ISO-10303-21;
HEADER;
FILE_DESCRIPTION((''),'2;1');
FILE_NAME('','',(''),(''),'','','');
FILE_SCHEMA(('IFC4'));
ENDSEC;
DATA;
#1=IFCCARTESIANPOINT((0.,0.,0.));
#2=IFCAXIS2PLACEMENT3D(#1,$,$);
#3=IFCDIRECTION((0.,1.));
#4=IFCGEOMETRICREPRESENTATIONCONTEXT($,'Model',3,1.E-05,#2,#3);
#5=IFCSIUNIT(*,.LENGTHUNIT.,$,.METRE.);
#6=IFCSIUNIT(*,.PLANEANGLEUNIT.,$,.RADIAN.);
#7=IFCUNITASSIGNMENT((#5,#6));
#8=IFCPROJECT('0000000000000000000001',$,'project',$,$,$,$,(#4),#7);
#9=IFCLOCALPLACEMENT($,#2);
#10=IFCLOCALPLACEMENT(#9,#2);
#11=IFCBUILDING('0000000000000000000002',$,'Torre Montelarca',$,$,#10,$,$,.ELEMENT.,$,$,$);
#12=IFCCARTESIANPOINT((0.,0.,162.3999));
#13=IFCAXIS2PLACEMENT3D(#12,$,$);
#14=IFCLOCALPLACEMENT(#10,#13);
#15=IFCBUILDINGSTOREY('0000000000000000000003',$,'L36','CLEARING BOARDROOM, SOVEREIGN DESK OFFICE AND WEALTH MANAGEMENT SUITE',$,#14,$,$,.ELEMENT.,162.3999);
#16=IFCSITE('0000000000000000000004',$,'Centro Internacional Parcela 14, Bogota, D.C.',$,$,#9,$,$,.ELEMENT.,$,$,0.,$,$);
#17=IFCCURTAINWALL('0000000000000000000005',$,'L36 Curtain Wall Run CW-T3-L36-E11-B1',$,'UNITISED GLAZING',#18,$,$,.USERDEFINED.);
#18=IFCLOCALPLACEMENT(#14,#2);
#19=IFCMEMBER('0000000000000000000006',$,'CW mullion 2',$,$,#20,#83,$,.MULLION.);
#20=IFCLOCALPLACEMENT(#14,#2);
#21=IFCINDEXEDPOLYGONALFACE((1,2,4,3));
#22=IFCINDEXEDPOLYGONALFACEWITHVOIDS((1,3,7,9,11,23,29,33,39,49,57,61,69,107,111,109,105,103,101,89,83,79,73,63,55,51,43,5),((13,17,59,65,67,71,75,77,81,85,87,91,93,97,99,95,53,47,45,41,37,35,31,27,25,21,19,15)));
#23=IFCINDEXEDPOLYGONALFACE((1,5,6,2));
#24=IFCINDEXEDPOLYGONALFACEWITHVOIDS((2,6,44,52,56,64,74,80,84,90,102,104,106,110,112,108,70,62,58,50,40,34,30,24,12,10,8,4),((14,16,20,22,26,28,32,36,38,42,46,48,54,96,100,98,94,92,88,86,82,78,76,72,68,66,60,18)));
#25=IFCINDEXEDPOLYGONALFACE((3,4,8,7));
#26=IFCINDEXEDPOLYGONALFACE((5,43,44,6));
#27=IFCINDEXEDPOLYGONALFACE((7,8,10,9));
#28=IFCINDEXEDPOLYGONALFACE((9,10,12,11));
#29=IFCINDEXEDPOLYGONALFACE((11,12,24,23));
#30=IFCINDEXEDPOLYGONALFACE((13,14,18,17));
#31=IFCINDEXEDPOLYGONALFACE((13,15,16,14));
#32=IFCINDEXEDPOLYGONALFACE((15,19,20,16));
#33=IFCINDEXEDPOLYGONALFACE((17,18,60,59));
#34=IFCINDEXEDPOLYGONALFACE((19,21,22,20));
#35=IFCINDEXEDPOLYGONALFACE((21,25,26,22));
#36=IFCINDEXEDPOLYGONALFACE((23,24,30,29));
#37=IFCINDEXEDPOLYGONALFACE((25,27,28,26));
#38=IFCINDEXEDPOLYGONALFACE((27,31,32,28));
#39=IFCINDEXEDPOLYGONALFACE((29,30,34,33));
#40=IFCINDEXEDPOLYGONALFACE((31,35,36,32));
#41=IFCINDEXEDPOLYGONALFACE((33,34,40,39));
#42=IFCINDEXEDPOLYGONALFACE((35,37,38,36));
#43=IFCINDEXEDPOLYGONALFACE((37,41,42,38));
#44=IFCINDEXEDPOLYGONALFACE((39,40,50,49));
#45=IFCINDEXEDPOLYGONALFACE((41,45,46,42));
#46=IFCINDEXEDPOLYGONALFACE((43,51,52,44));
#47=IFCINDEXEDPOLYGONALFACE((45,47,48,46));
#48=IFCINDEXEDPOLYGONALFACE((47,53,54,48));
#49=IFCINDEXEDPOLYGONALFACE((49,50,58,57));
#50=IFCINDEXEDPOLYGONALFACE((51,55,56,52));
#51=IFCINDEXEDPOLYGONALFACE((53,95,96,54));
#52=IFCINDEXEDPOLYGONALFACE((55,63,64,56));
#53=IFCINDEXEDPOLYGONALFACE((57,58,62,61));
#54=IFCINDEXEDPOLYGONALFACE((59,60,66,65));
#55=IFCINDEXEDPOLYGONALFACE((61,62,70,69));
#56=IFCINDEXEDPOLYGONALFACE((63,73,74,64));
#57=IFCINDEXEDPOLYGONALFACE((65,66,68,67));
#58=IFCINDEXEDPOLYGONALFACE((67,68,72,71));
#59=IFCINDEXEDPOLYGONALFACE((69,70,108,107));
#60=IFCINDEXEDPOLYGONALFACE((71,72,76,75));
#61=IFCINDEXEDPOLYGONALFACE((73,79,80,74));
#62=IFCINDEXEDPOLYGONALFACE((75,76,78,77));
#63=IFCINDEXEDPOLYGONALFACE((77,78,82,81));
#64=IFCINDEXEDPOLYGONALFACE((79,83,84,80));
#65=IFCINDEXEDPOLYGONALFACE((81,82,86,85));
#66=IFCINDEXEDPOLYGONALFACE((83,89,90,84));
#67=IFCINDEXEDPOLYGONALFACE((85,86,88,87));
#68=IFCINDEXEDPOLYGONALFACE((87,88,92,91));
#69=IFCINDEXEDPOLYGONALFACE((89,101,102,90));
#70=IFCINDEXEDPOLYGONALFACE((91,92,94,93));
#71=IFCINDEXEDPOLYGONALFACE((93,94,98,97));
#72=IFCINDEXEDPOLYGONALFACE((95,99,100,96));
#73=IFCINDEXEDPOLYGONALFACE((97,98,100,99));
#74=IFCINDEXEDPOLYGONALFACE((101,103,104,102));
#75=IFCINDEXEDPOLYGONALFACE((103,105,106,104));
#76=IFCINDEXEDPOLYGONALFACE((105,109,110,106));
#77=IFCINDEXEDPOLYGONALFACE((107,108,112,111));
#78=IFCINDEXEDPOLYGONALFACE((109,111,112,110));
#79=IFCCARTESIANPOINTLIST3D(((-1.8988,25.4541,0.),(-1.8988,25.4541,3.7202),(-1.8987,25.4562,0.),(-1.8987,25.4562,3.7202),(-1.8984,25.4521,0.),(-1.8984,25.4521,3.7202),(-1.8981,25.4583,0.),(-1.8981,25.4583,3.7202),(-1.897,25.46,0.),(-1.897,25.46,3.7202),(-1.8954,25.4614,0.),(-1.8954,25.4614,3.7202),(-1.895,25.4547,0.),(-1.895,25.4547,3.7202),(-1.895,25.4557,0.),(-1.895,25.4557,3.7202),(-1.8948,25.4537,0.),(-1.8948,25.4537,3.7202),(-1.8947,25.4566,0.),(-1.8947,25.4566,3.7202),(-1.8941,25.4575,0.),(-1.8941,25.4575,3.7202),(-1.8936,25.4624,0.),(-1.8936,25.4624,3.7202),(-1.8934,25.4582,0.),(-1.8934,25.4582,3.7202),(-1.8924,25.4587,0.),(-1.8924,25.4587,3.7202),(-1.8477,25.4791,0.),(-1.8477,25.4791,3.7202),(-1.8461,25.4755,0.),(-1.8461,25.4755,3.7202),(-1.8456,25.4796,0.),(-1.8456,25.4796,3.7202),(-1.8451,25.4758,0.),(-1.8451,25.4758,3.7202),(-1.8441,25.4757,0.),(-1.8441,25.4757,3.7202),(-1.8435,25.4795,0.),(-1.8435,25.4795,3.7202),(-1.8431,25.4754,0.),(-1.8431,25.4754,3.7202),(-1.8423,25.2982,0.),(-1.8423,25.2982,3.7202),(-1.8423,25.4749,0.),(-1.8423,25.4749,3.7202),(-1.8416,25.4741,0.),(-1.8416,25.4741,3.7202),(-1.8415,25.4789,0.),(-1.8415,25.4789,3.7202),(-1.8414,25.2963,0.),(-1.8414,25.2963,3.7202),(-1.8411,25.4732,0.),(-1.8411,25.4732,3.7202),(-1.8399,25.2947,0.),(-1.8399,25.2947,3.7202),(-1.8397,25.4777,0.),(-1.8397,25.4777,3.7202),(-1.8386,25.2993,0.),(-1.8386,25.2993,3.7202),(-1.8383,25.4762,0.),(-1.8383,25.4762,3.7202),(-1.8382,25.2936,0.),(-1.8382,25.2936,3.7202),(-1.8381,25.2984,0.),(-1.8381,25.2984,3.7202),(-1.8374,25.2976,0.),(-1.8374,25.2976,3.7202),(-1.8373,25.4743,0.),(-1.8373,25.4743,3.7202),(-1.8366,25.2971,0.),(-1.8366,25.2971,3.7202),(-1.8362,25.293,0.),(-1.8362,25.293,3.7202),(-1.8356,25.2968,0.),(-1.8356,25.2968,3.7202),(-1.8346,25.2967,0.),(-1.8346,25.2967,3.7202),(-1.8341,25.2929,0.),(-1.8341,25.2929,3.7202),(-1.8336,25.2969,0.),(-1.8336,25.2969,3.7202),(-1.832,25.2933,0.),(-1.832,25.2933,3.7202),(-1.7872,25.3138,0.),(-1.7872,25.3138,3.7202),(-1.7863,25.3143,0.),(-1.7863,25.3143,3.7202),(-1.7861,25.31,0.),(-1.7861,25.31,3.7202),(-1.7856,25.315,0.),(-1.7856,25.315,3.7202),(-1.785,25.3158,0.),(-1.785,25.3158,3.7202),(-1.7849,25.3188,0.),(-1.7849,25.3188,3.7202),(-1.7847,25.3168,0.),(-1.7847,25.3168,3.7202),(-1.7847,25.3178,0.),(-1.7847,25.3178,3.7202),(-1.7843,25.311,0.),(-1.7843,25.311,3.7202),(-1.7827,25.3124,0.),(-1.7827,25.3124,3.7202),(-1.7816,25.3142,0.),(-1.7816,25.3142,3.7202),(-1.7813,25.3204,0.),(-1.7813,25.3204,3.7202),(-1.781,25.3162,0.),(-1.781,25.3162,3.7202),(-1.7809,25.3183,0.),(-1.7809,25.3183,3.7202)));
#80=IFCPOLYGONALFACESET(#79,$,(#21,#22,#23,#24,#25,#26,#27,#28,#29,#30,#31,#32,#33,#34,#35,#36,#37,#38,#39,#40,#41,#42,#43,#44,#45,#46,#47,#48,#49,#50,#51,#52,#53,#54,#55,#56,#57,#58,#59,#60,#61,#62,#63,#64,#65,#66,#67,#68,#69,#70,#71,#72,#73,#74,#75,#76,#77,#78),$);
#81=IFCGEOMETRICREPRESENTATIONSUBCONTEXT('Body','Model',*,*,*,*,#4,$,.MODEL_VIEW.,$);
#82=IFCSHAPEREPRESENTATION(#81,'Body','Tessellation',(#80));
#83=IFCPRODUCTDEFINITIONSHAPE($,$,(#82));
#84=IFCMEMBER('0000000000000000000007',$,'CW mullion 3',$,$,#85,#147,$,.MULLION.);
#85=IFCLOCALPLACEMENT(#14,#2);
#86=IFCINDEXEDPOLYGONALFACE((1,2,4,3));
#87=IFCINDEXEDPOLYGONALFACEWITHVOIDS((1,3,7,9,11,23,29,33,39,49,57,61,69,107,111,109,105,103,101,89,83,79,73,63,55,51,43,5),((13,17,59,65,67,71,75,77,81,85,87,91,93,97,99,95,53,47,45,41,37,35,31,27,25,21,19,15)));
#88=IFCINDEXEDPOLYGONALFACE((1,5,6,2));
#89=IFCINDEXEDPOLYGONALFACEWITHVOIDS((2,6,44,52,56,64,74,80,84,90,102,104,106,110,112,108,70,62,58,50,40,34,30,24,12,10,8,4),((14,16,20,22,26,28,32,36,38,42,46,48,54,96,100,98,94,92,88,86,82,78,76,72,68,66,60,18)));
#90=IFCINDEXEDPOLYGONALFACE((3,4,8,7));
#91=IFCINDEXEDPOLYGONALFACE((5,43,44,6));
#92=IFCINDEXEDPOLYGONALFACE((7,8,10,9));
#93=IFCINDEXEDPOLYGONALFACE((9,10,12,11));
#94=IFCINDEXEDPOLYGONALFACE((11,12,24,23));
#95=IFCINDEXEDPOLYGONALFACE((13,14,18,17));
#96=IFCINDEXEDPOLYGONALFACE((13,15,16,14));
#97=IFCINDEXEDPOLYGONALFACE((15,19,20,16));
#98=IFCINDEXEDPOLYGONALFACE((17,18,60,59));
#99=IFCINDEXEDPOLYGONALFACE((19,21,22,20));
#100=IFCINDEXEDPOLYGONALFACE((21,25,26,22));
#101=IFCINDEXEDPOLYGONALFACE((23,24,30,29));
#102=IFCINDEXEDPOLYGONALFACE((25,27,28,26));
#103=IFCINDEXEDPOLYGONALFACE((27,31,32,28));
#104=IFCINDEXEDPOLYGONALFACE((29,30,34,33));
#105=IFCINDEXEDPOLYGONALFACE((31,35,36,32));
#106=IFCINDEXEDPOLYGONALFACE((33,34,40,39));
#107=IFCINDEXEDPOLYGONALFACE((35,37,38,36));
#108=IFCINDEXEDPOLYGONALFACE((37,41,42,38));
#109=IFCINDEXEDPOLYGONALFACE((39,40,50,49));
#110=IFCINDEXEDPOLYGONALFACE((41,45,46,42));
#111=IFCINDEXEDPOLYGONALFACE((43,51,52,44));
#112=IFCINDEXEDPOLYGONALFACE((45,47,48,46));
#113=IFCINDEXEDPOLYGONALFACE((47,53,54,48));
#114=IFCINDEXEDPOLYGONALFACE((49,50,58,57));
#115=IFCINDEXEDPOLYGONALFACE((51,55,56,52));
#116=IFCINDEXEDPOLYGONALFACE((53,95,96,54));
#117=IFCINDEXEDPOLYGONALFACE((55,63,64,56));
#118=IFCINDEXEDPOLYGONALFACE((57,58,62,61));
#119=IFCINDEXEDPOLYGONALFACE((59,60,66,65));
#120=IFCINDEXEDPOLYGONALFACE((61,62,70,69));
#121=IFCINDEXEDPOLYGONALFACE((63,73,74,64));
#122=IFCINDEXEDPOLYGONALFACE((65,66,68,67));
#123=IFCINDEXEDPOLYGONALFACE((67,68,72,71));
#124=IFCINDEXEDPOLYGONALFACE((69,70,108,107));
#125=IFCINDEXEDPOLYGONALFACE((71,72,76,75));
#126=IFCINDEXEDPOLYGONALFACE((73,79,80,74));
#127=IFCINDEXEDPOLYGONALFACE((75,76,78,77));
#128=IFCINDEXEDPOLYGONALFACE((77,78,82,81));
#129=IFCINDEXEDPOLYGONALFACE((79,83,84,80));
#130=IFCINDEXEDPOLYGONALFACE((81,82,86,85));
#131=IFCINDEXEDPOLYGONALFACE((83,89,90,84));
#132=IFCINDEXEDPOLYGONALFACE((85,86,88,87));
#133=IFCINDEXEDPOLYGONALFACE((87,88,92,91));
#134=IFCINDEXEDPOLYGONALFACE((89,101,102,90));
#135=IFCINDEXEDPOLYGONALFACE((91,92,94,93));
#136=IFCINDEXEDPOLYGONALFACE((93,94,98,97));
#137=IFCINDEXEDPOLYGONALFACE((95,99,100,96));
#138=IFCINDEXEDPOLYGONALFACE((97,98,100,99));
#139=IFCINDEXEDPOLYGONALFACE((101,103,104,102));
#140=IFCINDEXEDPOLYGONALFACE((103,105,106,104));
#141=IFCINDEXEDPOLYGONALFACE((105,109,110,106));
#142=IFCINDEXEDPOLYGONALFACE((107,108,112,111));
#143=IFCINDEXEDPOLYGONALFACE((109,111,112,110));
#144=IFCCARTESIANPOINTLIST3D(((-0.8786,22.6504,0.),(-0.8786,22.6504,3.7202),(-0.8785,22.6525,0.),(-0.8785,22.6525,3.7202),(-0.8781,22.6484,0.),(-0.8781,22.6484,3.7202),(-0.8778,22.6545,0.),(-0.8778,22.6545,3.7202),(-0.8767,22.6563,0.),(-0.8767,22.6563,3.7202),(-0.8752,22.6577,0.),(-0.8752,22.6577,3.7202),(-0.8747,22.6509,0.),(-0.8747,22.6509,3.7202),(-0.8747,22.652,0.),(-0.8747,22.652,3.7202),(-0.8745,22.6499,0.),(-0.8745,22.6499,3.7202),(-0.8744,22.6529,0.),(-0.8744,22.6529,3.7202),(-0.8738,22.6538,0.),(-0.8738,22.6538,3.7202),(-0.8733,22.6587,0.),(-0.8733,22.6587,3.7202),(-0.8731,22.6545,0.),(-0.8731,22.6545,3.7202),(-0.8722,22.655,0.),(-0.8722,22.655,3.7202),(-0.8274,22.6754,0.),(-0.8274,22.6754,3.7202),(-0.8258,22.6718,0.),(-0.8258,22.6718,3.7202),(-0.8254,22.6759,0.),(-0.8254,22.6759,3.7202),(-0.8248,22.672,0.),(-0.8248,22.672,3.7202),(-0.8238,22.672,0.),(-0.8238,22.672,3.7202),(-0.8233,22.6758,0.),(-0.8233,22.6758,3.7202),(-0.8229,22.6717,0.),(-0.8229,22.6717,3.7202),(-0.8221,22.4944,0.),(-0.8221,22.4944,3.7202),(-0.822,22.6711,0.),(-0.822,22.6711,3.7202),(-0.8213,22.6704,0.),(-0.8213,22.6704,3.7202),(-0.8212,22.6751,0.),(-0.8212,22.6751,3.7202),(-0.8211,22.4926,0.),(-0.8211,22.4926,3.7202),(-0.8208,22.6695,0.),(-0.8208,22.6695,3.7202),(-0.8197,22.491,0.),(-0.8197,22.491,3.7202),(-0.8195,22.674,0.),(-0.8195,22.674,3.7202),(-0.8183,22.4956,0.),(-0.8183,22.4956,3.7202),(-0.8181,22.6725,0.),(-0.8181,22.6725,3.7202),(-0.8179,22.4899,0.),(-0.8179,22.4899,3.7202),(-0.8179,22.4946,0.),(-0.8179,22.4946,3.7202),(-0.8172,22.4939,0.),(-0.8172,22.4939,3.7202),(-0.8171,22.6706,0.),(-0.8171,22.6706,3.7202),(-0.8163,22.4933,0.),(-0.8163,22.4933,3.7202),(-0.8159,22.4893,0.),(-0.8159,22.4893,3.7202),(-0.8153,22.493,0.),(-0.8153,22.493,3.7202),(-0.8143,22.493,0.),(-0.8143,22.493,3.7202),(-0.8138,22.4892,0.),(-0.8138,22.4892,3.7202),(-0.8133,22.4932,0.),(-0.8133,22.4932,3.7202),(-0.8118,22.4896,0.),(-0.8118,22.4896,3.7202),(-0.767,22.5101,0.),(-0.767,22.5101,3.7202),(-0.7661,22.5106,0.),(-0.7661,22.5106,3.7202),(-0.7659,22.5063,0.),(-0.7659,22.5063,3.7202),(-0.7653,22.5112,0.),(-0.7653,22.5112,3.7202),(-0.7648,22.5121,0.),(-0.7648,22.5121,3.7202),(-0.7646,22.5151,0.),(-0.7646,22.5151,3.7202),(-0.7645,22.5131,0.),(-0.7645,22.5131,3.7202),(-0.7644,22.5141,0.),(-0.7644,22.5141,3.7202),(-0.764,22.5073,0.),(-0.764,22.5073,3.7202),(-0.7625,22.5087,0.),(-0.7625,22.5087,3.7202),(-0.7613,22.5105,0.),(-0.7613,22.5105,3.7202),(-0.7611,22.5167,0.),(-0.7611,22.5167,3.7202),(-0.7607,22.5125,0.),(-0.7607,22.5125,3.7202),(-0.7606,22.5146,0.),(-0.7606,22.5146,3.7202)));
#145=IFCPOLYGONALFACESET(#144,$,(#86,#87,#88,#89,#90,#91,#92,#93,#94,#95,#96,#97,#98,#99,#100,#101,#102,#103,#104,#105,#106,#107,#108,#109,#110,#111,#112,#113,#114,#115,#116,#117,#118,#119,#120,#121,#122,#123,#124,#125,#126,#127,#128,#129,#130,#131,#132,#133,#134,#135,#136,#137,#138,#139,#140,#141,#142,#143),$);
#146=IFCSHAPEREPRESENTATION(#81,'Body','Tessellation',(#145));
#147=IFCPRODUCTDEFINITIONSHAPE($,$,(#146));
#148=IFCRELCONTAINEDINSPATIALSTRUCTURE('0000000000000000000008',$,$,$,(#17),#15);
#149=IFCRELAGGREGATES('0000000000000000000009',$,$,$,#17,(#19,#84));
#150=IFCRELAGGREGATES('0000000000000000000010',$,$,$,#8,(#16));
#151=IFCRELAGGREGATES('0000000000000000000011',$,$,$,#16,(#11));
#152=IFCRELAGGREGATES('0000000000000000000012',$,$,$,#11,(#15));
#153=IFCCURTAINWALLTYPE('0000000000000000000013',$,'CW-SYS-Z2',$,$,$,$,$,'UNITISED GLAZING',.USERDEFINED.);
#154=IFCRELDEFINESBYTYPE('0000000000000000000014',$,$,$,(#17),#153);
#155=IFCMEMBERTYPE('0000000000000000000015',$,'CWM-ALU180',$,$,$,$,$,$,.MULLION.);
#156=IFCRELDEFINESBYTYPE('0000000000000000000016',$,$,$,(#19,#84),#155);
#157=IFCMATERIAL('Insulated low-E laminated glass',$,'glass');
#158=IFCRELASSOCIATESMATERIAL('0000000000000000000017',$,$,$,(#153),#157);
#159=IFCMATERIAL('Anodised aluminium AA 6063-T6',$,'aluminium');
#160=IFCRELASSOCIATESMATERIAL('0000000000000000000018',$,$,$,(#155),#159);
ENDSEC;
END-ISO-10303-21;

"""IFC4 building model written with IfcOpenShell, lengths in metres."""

from ifc_helpers import new_model, si_unit, direction, frame, origin, origin_2d, place, context, subcontext, project, spatial, hollow_rectangle, extrude, source, transform, mapped, material, material_profile, profile_set, type_object, element, aggregate, save


model = new_model("IFC4")

# Units and contexts
model_context = context("Model", 3, precision=1e-05, world=origin(), true_north=direction((0.0, 1.0)))
body_context = subcontext(model_context, "Body", "Model", "MODEL_VIEW")
ifc_project = project(units=[si_unit("LENGTHUNIT", "METRE"), si_unit("PLANEANGLEUNIT", "RADIAN")], contexts=[model_context])

# Site, building, storey
site_placement = place(None, origin())
site = spatial("IfcSite", under=ifc_project, at=site_placement, Name="Centro Internacional Parcela 14, Bogota, D.C.", CompositionType="ELEMENT", RefElevation=0.0)
building_placement = place(site_placement, origin())
building = spatial("IfcBuilding", under=site, at=building_placement, Name="Torre Montelarca", CompositionType="ELEMENT")
storey_placement = place(building_placement, frame((0.0, 0.0, 162.3999)))
storey = spatial("IfcBuildingStorey", under=building, at=storey_placement, Name="L36", Description="CLEARING BOARDROOM, SOVEREIGN DESK OFFICE AND WEALTH MANAGEMENT SUITE", CompositionType="ELEMENT", Elevation=162.3999)

# Curtain wall
ifc_material_1 = material(Name="Insulated low-E laminated glass", Category="glass")
curtain_wall_type = type_object("IfcCurtainWallType", Name="CW-SYS-Z2", ElementType="UNITISED GLAZING", PredefinedType="USERDEFINED", material=ifc_material_1)
curtain_wall_1_placement = place(storey_placement, origin())
curtain_wall_1 = element("IfcCurtainWall", 1, at=curtain_wall_1_placement, inside=storey, type_object=curtain_wall_type, Name="L36 Curtain Wall Run CW-T3-L36-E11-B1", ObjectType="UNITISED GLAZING", PredefinedType="USERDEFINED")
ifc_material_2 = material(Name="Anodised aluminium AA 6063-T6", Category="aluminium")

# Shared definitions
ifc_material_profile_1 = material_profile(ifc_material_2, hollow_rectangle(XDim=0.0649, YDim=0.1799, WallThickness=0.0039, InnerFilletRadius=0.0039, OuterFilletRadius=0.0081, at=origin_2d()), Name="ALU65X180X4", Category="aluminium")
ifc_profile_set_1 = profile_set([ifc_material_profile_1], Name="Anodised aluminium AA 6063-T6")
member_type_1 = type_object("IfcMemberType", Name="CWM-ALU180", PredefinedType="MULLION", material=ifc_profile_set_1)
shared_shape_1 = source(origin(), body_context, "Body", "SweptSolid", [
    extrude(hollow_rectangle(XDim=0.0649, YDim=0.1799, WallThickness=0.0039, InnerFilletRadius=0.0039, OuterFilletRadius=0.0081, at=origin_2d()), origin(), (0.0, 0.0, 1.0), 3.7202),
])

# Members
member_1_placement = place(storey_placement, frame((-1.8398, 25.3862, 0.0), z_axis=(0.0, 0.0, 1.0), x_axis=(0.939694, 0.342016, 0.0)))
member_1 = element("IfcMember", 2, at=member_1_placement, type_object=member_type_1, Name="CW mullion 2", PredefinedType="MULLION", context=body_context, shape_type="MappedRepresentation", body=[
    mapped(shared_shape_1, transform((0.0, 0.0, 0.0), scale=1.0)),
])
member_2_placement = place(storey_placement, frame((-0.8196, 22.5825, 0.0), z_axis=(0.0, 0.0, 1.0), x_axis=(0.939694, 0.342016, 0.0)))
member_2 = element("IfcMember", 3, at=member_2_placement, type_object=member_type_1, Name="CW mullion 3", PredefinedType="MULLION", context=body_context, shape_type="MappedRepresentation", body=[
    mapped(shared_shape_1, transform((0.0, 0.0, 0.0), scale=1.0)),
])

aggregate(curtain_wall_1, [member_1, member_2])

save(model, "model.ifc")
